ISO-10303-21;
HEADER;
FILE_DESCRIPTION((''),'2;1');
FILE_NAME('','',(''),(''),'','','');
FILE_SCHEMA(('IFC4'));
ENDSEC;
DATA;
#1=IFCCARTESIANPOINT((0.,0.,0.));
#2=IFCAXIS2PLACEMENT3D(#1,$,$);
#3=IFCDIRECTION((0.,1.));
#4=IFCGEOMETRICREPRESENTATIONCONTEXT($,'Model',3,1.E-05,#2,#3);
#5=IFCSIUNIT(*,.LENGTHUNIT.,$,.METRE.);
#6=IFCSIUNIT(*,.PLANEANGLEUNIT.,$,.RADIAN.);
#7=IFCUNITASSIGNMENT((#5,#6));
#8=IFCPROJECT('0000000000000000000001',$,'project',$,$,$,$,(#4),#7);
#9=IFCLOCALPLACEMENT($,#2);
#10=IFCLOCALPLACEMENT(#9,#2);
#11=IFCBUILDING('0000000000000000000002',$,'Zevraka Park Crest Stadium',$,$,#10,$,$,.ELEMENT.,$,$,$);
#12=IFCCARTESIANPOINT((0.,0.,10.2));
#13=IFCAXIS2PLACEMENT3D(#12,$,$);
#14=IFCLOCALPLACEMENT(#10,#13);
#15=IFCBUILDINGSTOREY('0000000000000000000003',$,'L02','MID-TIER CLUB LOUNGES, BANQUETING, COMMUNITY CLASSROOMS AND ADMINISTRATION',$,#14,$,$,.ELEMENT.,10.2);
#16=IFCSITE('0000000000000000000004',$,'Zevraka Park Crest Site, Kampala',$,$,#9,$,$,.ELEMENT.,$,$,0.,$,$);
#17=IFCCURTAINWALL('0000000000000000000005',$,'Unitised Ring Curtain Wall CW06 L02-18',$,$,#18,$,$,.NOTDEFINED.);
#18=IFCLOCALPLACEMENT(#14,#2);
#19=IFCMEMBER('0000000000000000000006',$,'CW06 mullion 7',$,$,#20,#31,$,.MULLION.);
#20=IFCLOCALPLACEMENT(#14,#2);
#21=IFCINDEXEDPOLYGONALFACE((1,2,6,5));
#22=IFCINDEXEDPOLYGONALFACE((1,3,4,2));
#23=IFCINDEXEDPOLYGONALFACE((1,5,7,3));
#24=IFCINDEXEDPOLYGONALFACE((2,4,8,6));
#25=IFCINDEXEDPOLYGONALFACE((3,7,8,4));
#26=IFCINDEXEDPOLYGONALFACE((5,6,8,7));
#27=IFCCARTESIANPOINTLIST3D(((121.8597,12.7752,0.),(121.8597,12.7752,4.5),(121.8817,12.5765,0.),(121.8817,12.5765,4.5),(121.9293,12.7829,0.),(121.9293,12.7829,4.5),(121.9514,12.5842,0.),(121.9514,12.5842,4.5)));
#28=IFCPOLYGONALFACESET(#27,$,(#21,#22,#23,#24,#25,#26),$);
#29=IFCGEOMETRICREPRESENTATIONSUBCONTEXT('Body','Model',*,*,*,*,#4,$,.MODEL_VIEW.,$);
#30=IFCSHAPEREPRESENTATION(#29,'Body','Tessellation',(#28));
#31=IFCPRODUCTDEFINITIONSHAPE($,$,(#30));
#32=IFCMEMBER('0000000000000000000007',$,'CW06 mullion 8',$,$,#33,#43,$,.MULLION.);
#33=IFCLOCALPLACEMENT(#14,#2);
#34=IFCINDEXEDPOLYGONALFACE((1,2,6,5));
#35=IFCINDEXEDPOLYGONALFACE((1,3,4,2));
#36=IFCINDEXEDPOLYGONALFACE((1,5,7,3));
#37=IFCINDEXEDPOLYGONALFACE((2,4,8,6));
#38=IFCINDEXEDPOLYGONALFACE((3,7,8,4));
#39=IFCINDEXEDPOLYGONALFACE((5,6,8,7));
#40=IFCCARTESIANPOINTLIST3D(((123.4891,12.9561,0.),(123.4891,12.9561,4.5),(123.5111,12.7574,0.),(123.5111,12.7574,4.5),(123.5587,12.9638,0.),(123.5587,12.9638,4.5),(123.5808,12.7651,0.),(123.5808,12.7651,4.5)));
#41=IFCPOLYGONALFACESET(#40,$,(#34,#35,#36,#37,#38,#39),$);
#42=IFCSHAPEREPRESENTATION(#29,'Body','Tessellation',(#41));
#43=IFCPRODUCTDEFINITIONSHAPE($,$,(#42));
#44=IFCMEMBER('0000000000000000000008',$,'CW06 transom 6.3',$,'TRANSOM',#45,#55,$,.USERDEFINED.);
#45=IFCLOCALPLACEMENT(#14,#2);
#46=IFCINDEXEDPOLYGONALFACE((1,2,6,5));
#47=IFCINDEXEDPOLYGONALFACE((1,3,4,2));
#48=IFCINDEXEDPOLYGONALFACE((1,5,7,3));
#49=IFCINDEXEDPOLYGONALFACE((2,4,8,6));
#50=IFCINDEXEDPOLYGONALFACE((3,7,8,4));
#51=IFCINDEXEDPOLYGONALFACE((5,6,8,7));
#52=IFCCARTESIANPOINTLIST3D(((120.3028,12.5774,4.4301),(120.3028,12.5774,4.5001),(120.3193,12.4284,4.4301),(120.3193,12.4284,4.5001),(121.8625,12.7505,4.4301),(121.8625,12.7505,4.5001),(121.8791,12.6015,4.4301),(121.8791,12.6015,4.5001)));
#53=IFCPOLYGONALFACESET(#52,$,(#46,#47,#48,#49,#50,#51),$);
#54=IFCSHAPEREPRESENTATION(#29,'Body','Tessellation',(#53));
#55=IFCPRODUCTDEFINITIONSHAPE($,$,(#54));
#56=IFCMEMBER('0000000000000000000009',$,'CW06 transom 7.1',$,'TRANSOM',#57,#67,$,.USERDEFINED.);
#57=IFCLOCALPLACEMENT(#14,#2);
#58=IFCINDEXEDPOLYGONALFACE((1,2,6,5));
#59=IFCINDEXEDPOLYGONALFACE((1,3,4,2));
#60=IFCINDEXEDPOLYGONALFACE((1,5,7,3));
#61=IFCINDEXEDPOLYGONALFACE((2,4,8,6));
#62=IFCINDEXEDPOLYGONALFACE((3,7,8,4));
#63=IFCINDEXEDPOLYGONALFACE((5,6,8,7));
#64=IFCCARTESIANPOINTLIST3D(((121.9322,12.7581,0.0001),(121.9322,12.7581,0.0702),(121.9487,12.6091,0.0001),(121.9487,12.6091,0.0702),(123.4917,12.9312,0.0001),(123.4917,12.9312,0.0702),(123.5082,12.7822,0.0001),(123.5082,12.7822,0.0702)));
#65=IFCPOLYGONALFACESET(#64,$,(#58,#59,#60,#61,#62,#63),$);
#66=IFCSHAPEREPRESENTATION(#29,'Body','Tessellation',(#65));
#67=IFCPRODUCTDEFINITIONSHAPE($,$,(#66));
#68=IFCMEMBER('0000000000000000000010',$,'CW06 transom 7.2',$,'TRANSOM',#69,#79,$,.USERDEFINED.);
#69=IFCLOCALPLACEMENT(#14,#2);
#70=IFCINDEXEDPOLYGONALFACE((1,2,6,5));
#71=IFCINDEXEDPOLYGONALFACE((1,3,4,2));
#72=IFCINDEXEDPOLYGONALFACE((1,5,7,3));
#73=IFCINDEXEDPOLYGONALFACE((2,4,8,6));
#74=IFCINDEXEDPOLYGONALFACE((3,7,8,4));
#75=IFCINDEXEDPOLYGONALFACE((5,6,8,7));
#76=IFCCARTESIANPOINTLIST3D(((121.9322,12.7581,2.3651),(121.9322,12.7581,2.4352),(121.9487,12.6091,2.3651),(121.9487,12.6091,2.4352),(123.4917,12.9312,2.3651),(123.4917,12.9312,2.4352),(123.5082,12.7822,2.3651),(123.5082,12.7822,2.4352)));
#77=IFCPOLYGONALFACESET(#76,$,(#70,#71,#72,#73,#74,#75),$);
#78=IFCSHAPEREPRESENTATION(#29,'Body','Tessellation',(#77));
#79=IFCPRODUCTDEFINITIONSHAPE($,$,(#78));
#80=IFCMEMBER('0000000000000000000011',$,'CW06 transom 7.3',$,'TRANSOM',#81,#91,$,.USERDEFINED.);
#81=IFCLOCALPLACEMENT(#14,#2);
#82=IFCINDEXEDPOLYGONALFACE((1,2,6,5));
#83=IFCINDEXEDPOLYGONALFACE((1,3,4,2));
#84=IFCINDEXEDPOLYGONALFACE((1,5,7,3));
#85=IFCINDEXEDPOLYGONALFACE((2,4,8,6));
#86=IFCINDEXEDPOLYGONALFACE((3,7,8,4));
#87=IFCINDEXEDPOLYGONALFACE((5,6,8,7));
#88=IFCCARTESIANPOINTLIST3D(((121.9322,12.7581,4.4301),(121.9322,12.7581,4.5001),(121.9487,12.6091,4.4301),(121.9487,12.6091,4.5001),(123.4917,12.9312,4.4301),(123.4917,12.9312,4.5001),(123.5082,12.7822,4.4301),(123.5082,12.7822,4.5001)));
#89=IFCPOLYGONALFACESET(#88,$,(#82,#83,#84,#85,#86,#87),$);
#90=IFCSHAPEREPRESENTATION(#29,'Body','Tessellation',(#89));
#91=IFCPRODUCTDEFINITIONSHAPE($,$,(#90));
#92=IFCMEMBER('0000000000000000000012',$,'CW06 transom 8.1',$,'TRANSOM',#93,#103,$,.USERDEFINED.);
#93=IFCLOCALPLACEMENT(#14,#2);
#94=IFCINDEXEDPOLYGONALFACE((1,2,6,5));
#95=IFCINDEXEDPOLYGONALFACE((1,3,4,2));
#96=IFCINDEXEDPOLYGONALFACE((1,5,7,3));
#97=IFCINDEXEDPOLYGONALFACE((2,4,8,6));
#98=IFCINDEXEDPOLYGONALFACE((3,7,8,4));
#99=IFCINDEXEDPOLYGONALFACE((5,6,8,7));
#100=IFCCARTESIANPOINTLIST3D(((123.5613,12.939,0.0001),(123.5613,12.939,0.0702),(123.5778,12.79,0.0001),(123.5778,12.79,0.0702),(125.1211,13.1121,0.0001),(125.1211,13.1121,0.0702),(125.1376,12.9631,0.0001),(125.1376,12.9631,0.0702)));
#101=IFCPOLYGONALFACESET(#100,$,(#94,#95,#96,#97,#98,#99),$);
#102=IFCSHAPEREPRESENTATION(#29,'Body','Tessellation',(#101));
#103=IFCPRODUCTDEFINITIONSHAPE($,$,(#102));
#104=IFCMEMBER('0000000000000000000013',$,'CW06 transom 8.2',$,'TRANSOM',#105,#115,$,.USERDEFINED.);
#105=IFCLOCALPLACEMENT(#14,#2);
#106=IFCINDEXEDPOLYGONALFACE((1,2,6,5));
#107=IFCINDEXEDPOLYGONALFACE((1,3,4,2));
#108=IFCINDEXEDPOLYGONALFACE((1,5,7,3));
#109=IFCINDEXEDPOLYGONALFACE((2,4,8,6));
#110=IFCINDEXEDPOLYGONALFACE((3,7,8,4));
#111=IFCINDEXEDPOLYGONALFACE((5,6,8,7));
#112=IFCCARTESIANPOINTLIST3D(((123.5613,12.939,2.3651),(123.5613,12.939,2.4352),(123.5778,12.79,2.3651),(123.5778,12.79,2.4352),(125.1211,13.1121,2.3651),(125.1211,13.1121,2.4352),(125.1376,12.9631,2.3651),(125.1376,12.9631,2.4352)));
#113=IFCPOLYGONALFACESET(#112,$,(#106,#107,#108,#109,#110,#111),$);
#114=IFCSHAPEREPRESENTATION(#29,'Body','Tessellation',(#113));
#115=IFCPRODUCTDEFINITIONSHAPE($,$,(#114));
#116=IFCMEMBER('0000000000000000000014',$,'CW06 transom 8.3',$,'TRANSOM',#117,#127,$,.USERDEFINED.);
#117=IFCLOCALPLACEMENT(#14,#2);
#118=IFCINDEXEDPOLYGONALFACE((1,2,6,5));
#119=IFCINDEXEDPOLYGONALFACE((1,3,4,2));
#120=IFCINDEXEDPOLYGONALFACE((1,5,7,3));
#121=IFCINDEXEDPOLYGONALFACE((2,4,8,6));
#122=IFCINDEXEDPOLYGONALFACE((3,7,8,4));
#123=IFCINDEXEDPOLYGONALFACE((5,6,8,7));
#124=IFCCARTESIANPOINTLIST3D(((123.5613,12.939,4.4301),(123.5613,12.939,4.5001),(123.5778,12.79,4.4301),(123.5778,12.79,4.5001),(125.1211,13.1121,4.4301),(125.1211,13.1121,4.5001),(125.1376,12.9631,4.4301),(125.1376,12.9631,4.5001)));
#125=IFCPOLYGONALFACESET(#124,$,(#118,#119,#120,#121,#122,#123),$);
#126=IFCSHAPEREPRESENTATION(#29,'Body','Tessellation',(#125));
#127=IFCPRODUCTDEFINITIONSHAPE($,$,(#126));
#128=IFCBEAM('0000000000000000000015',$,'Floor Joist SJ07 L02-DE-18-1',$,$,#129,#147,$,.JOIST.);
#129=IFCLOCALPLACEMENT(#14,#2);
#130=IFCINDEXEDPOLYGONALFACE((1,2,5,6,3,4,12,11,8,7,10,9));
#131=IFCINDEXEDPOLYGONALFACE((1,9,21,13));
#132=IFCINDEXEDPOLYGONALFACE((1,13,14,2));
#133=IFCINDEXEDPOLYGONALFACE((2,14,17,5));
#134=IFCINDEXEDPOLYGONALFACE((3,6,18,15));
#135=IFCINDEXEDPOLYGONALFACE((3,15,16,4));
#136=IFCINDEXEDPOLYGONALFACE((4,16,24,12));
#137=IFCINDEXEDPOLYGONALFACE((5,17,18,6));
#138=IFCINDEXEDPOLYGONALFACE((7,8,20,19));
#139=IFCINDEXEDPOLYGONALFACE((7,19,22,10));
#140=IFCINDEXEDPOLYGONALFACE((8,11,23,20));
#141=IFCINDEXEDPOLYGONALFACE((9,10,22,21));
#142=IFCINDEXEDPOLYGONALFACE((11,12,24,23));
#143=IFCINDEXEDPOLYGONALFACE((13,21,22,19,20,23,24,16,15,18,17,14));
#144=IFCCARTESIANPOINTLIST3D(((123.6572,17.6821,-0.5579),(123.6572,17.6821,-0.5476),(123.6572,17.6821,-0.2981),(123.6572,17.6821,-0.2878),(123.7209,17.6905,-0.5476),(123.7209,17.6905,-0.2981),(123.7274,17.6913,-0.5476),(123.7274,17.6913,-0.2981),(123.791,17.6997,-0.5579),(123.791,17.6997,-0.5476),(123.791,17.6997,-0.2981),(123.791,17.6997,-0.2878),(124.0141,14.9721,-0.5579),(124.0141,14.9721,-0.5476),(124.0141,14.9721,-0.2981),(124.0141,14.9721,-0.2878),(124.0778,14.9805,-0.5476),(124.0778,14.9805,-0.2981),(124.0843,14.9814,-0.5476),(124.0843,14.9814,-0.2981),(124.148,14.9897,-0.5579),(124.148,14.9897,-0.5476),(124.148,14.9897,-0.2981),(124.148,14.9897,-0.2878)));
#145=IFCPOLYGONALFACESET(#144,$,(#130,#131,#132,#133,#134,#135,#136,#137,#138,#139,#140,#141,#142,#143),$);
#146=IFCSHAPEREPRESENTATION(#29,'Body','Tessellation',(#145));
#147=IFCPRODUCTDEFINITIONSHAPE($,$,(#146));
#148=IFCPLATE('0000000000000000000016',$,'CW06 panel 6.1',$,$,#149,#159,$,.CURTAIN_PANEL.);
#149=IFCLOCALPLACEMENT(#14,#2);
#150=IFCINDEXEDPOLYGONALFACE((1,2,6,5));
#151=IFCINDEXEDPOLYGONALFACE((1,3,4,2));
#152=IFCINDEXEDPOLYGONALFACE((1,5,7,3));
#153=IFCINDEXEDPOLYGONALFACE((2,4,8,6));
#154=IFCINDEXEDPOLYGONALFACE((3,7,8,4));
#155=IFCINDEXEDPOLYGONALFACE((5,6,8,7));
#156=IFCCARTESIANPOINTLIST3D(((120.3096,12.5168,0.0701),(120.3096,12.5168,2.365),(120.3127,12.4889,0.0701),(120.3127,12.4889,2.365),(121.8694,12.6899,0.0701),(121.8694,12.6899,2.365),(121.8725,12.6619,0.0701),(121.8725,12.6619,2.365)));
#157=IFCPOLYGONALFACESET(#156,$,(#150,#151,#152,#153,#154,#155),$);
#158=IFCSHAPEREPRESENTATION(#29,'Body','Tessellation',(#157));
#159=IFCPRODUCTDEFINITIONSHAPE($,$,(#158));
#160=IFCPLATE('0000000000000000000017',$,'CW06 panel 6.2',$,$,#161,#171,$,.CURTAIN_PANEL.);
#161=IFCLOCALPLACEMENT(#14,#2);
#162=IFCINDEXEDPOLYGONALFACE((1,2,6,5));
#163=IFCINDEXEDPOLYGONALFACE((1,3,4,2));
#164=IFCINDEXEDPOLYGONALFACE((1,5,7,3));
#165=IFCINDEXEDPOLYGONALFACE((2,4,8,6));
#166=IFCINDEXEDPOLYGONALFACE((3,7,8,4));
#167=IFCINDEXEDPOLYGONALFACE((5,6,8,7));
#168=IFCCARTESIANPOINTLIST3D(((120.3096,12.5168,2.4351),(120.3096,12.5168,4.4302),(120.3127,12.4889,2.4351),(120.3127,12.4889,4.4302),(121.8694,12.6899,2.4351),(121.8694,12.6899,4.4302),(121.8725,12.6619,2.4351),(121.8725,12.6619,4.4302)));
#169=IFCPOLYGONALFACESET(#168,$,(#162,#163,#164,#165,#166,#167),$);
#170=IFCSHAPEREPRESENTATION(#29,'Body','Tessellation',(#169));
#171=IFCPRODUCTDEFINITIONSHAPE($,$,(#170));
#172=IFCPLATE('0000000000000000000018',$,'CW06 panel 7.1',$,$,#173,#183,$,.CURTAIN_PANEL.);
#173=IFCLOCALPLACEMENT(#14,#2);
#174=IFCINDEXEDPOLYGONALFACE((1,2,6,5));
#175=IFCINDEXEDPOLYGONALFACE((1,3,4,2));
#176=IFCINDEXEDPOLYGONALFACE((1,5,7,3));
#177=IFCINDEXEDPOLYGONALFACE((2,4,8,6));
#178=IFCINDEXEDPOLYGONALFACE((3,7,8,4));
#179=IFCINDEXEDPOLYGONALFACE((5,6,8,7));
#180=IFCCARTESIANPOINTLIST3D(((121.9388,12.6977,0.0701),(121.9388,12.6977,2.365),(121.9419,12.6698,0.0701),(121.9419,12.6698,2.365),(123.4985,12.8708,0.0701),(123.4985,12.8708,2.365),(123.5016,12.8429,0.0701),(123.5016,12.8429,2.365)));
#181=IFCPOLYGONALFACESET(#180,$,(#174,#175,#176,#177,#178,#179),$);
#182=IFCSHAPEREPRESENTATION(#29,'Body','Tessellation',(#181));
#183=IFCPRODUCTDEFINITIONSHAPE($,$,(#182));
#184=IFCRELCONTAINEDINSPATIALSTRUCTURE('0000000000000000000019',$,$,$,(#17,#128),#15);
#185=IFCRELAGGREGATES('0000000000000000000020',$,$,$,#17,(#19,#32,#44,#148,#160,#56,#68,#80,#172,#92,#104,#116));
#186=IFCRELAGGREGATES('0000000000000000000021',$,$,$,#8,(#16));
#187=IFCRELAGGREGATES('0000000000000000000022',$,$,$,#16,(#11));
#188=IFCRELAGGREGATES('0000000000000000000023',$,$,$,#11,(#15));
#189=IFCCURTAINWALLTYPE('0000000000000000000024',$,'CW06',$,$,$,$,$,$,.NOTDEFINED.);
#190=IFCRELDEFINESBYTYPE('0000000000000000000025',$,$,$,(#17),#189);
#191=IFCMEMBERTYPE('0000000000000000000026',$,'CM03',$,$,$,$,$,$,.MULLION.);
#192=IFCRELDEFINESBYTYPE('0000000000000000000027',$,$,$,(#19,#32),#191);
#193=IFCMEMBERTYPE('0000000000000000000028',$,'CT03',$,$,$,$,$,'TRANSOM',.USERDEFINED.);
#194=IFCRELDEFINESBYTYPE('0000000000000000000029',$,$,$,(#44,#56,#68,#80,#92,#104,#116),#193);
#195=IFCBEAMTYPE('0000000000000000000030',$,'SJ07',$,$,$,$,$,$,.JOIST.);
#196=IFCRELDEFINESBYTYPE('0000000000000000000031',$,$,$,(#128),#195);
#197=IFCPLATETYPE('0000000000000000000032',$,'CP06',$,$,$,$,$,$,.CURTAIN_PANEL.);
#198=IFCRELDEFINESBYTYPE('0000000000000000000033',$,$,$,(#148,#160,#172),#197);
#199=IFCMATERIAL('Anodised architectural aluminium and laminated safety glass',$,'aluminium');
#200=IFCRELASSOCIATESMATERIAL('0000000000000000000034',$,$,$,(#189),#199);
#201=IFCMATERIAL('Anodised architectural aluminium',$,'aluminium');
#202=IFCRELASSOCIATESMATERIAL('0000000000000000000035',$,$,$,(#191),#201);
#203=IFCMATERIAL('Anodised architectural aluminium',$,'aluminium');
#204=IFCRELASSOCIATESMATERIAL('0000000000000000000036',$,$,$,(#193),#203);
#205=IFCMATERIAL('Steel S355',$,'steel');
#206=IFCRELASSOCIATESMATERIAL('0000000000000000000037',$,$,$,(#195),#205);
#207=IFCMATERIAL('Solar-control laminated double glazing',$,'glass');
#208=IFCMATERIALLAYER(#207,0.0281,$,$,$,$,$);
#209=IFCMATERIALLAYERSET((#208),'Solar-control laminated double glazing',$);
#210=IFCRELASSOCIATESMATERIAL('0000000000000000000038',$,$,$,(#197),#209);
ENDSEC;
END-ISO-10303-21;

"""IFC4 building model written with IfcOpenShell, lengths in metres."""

from ifc_helpers import new_model, si_unit, direction, frame, origin, origin_2d, place, context, subcontext, project, spatial, rectangle, i_section, extrude, material, layer, layer_set, material_profile, profile_set, type_object, element, aggregate, save


model = new_model("IFC4")

# Units and contexts
model_context = context("Model", 3, precision=1e-05, world=origin(), true_north=direction((0.0, 1.0)))
body_context = subcontext(model_context, "Body", "Model", "MODEL_VIEW")
ifc_project = project(units=[si_unit("LENGTHUNIT", "METRE"), si_unit("PLANEANGLEUNIT", "RADIAN")], contexts=[model_context])

# Site, building, storey
site_placement = place(None, origin())
site = spatial("IfcSite", under=ifc_project, at=site_placement, Name="Zevraka Park Crest Site, Kampala", CompositionType="ELEMENT", RefElevation=0.0)
building_placement = place(site_placement, origin())
building = spatial("IfcBuilding", under=site, at=building_placement, Name="Zevraka Park Crest Stadium", CompositionType="ELEMENT")
storey_placement = place(building_placement, frame((0.0, 0.0, 10.2)))
storey = spatial("IfcBuildingStorey", under=building, at=storey_placement, Name="L02", Description="MID-TIER CLUB LOUNGES, BANQUETING, COMMUNITY CLASSROOMS AND ADMINISTRATION", CompositionType="ELEMENT", Elevation=10.2)

# Curtain wall, members
ifc_material_1 = material(Name="Anodised architectural aluminium and laminated safety glass", Category="aluminium")
curtain_wall_type = type_object("IfcCurtainWallType", Name="CW06", PredefinedType="NOTDEFINED", material=ifc_material_1)
curtain_wall_placement = place(storey_placement, origin())
curtain_wall = element("IfcCurtainWall", 1, at=curtain_wall_placement, inside=storey, type_object=curtain_wall_type, Name="Unitised Ring Curtain Wall CW06 L02-18", PredefinedType="NOTDEFINED")
ifc_material_2 = material(Name="Anodised architectural aluminium", Category="aluminium")
ifc_material_profile_1 = material_profile(ifc_material_2, rectangle(XDim=0.2, YDim=0.0701, at=origin_2d()), Name="ALU MULLION 200x70")
ifc_profile_set_1 = profile_set([ifc_material_profile_1], Name="Anodised architectural aluminium")
member_type_1 = type_object("IfcMemberType", Name="CM03", PredefinedType="MULLION", material=ifc_profile_set_1)
member_1_placement = place(storey_placement, frame((121.9055, 12.6797, 0.0), z_axis=(0.0, 0.0, 1.0), x_axis=(-0.110293, 0.993899, 0.0)))
member_1 = element("IfcMember", 2, at=member_1_placement, type_object=member_type_1, Name="CW06 mullion 7", PredefinedType="MULLION", context=body_context, shape_type="SweptSolid", body=[
    extrude(rectangle(XDim=0.2, YDim=0.0701, at=origin_2d()), origin(), (0.0, 0.0, 1.0), 4.5),
])
member_2_placement = place(storey_placement, frame((123.5349, 12.8606, 0.0), z_axis=(0.0, 0.0, 1.0), x_axis=(-0.110293, 0.993899, 0.0)))
member_2 = element("IfcMember", 3, at=member_2_placement, type_object=member_type_1, Name="CW06 mullion 8", PredefinedType="MULLION", context=body_context, shape_type="SweptSolid", body=[
    extrude(rectangle(XDim=0.2, YDim=0.0701, at=origin_2d()), origin(), (0.0, 0.0, 1.0), 4.5),
])
ifc_material_3 = material(Name="Anodised architectural aluminium", Category="aluminium")
ifc_material_profile_2 = material_profile(ifc_material_3, rectangle(XDim=0.1499, YDim=0.0701, at=origin_2d()), Name="ALU TRANSOM 150x70")
ifc_profile_set_2 = profile_set([ifc_material_profile_2], Name="Anodised architectural aluminium")
member_type_2 = type_object("IfcMemberType", Name="CT03", ElementType="TRANSOM", PredefinedType="USERDEFINED", material=ifc_profile_set_2)
member_3_placement = place(storey_placement, frame((120.311, 12.5029, 4.4651), z_axis=(0.993899, 0.110295, 0.0), x_axis=(-0.110295, 0.993899, 0.0)))
member_3 = element("IfcMember", 4, at=member_3_placement, type_object=member_type_2, Name="CW06 transom 6.3", ObjectType="TRANSOM", PredefinedType="USERDEFINED", context=body_context, shape_type="SweptSolid", body=[
    extrude(rectangle(XDim=0.1499, YDim=0.0701, at=origin_2d()), origin(), (0.0, 0.0, 1.0), 1.5693),
])
member_4_placement = place(storey_placement, frame((121.9404, 12.6836, 0.0352), z_axis=(0.993897, 0.110312, 0.0), x_axis=(-0.110312, 0.993897, 0.0)))
member_4 = element("IfcMember", 5, at=member_4_placement, type_object=member_type_2, Name="CW06 transom 7.1", ObjectType="TRANSOM", PredefinedType="USERDEFINED", context=body_context, shape_type="SweptSolid", body=[
    extrude(rectangle(XDim=0.1499, YDim=0.0701, at=origin_2d()), origin(), (0.0, 0.0, 1.0), 1.5691),
])
member_5_placement = place(storey_placement, frame((121.9404, 12.6836, 2.4001), z_axis=(0.993897, 0.110312, 0.0), x_axis=(-0.110312, 0.993897, 0.0)))
member_5 = element("IfcMember", 6, at=member_5_placement, type_object=member_type_2, Name="CW06 transom 7.2", ObjectType="TRANSOM", PredefinedType="USERDEFINED", context=body_context, shape_type="SweptSolid", body=[
    extrude(rectangle(XDim=0.1499, YDim=0.0701, at=origin_2d()), origin(), (0.0, 0.0, 1.0), 1.5691),
])
member_6_placement = place(storey_placement, frame((121.9404, 12.6836, 4.4651), z_axis=(0.993897, 0.110312, 0.0), x_axis=(-0.110312, 0.993897, 0.0)))
member_6 = element("IfcMember", 7, at=member_6_placement, type_object=member_type_2, Name="CW06 transom 7.3", ObjectType="TRANSOM", PredefinedType="USERDEFINED", context=body_context, shape_type="SweptSolid", body=[
    extrude(rectangle(XDim=0.1499, YDim=0.0701, at=origin_2d()), origin(), (0.0, 0.0, 1.0), 1.5691),
])
member_7_placement = place(storey_placement, frame((123.5696, 12.8645, 0.0352), z_axis=(0.993899, 0.110295, 0.0), x_axis=(-0.110295, 0.993899, 0.0)))
member_7 = element("IfcMember", 8, at=member_7_placement, type_object=member_type_2, Name="CW06 transom 8.1", ObjectType="TRANSOM", PredefinedType="USERDEFINED", context=body_context, shape_type="SweptSolid", body=[
    extrude(rectangle(XDim=0.1499, YDim=0.0701, at=origin_2d()), origin(), (0.0, 0.0, 1.0), 1.5693),
])
member_8_placement = place(storey_placement, frame((123.5696, 12.8645, 2.4001), z_axis=(0.993899, 0.110295, 0.0), x_axis=(-0.110295, 0.993899, 0.0)))
member_8 = element("IfcMember", 9, at=member_8_placement, type_object=member_type_2, Name="CW06 transom 8.2", ObjectType="TRANSOM", PredefinedType="USERDEFINED", context=body_context, shape_type="SweptSolid", body=[
    extrude(rectangle(XDim=0.1499, YDim=0.0701, at=origin_2d()), origin(), (0.0, 0.0, 1.0), 1.5693),
])
member_9_placement = place(storey_placement, frame((123.5696, 12.8645, 4.4651), z_axis=(0.993899, 0.110295, 0.0), x_axis=(-0.110295, 0.993899, 0.0)))
member_9 = element("IfcMember", 10, at=member_9_placement, type_object=member_type_2, Name="CW06 transom 8.3", ObjectType="TRANSOM", PredefinedType="USERDEFINED", context=body_context, shape_type="SweptSolid", body=[
    extrude(rectangle(XDim=0.1499, YDim=0.0701, at=origin_2d()), origin(), (0.0, 0.0, 1.0), 1.5693),
])

# Beam
ifc_material_4 = material(Name="Steel S355", Category="steel")
ifc_material_profile_3 = material_profile(ifc_material_4, i_section(OverallWidth=0.135, OverallDepth=0.27, WebThickness=0.0066, FlangeThickness=0.0103, at=origin_2d()), Name="IPE 270")
ifc_profile_set_3 = profile_set([ifc_material_profile_3], Name="Steel S355")
beam_type = type_object("IfcBeamType", Name="SJ07", PredefinedType="JOIST", material=ifc_profile_set_3)
beam_placement = place(storey_placement, frame((123.7241, 17.6909, -0.4229), z_axis=(0.130584, -0.991437, 0.0), x_axis=(0.991437, 0.130584, 0.0)))
element("IfcBeam", 11, at=beam_placement, inside=storey, type_object=beam_type, Name="Floor Joist SJ07 L02-DE-18-1", PredefinedType="JOIST", context=body_context, shape_type="SweptSolid", body=[
    extrude(i_section(OverallWidth=0.135, OverallDepth=0.27, WebThickness=0.0066, FlangeThickness=0.0103, at=origin_2d()), origin(), (0.0, 0.0, 1.0), 2.7334),
])

# Plates
ifc_material_5 = material(Name="Solar-control laminated double glazing", Category="glass")
ifc_layer_1 = layer(ifc_material_5, 0.0281)
ifc_layer_set_1 = layer_set([ifc_layer_1], Name="Solar-control laminated double glazing")
plate_type = type_object("IfcPlateType", Name="CP06", PredefinedType="CURTAIN_PANEL", material=ifc_layer_set_1)
plate_1_placement = place(storey_placement, frame((121.0911, 12.5894, 0.0701), z_axis=(0.0, 0.0, 1.0), x_axis=(0.993899, 0.110293, 0.0)))
plate_1 = element("IfcPlate", 12, at=plate_1_placement, type_object=plate_type, Name="CW06 panel 6.1", PredefinedType="CURTAIN_PANEL", context=body_context, shape_type="SweptSolid", body=[
    extrude(rectangle(XDim=1.5693, YDim=0.0281, at=origin_2d()), origin(), (0.0, 0.0, 1.0), 2.2949),
])
plate_2_placement = place(storey_placement, frame((121.0911, 12.5894, 2.4351), z_axis=(0.0, 0.0, 1.0), x_axis=(0.993899, 0.110293, 0.0)))
plate_2 = element("IfcPlate", 13, at=plate_2_placement, type_object=plate_type, Name="CW06 panel 6.2", PredefinedType="CURTAIN_PANEL", context=body_context, shape_type="SweptSolid", body=[
    extrude(rectangle(XDim=1.5693, YDim=0.0281, at=origin_2d()), origin(), (0.0, 0.0, 1.0), 1.9951),
])
plate_3_placement = place(storey_placement, frame((122.7202, 12.7703, 0.0701), z_axis=(0.0, 0.0, 1.0), x_axis=(0.993899, 0.110293, 0.0)))
plate_3 = element("IfcPlate", 14, at=plate_3_placement, type_object=plate_type, Name="CW06 panel 7.1", PredefinedType="CURTAIN_PANEL", context=body_context, shape_type="SweptSolid", body=[
    extrude(rectangle(XDim=1.5693, YDim=0.0281, at=origin_2d()), origin(), (0.0, 0.0, 1.0), 2.2949),
])
aggregate(curtain_wall, [member_1, member_2, member_3, plate_1, plate_2, member_4, member_5, member_6, plate_3, member_7, member_8, member_9])

save(model, "model.ifc")
